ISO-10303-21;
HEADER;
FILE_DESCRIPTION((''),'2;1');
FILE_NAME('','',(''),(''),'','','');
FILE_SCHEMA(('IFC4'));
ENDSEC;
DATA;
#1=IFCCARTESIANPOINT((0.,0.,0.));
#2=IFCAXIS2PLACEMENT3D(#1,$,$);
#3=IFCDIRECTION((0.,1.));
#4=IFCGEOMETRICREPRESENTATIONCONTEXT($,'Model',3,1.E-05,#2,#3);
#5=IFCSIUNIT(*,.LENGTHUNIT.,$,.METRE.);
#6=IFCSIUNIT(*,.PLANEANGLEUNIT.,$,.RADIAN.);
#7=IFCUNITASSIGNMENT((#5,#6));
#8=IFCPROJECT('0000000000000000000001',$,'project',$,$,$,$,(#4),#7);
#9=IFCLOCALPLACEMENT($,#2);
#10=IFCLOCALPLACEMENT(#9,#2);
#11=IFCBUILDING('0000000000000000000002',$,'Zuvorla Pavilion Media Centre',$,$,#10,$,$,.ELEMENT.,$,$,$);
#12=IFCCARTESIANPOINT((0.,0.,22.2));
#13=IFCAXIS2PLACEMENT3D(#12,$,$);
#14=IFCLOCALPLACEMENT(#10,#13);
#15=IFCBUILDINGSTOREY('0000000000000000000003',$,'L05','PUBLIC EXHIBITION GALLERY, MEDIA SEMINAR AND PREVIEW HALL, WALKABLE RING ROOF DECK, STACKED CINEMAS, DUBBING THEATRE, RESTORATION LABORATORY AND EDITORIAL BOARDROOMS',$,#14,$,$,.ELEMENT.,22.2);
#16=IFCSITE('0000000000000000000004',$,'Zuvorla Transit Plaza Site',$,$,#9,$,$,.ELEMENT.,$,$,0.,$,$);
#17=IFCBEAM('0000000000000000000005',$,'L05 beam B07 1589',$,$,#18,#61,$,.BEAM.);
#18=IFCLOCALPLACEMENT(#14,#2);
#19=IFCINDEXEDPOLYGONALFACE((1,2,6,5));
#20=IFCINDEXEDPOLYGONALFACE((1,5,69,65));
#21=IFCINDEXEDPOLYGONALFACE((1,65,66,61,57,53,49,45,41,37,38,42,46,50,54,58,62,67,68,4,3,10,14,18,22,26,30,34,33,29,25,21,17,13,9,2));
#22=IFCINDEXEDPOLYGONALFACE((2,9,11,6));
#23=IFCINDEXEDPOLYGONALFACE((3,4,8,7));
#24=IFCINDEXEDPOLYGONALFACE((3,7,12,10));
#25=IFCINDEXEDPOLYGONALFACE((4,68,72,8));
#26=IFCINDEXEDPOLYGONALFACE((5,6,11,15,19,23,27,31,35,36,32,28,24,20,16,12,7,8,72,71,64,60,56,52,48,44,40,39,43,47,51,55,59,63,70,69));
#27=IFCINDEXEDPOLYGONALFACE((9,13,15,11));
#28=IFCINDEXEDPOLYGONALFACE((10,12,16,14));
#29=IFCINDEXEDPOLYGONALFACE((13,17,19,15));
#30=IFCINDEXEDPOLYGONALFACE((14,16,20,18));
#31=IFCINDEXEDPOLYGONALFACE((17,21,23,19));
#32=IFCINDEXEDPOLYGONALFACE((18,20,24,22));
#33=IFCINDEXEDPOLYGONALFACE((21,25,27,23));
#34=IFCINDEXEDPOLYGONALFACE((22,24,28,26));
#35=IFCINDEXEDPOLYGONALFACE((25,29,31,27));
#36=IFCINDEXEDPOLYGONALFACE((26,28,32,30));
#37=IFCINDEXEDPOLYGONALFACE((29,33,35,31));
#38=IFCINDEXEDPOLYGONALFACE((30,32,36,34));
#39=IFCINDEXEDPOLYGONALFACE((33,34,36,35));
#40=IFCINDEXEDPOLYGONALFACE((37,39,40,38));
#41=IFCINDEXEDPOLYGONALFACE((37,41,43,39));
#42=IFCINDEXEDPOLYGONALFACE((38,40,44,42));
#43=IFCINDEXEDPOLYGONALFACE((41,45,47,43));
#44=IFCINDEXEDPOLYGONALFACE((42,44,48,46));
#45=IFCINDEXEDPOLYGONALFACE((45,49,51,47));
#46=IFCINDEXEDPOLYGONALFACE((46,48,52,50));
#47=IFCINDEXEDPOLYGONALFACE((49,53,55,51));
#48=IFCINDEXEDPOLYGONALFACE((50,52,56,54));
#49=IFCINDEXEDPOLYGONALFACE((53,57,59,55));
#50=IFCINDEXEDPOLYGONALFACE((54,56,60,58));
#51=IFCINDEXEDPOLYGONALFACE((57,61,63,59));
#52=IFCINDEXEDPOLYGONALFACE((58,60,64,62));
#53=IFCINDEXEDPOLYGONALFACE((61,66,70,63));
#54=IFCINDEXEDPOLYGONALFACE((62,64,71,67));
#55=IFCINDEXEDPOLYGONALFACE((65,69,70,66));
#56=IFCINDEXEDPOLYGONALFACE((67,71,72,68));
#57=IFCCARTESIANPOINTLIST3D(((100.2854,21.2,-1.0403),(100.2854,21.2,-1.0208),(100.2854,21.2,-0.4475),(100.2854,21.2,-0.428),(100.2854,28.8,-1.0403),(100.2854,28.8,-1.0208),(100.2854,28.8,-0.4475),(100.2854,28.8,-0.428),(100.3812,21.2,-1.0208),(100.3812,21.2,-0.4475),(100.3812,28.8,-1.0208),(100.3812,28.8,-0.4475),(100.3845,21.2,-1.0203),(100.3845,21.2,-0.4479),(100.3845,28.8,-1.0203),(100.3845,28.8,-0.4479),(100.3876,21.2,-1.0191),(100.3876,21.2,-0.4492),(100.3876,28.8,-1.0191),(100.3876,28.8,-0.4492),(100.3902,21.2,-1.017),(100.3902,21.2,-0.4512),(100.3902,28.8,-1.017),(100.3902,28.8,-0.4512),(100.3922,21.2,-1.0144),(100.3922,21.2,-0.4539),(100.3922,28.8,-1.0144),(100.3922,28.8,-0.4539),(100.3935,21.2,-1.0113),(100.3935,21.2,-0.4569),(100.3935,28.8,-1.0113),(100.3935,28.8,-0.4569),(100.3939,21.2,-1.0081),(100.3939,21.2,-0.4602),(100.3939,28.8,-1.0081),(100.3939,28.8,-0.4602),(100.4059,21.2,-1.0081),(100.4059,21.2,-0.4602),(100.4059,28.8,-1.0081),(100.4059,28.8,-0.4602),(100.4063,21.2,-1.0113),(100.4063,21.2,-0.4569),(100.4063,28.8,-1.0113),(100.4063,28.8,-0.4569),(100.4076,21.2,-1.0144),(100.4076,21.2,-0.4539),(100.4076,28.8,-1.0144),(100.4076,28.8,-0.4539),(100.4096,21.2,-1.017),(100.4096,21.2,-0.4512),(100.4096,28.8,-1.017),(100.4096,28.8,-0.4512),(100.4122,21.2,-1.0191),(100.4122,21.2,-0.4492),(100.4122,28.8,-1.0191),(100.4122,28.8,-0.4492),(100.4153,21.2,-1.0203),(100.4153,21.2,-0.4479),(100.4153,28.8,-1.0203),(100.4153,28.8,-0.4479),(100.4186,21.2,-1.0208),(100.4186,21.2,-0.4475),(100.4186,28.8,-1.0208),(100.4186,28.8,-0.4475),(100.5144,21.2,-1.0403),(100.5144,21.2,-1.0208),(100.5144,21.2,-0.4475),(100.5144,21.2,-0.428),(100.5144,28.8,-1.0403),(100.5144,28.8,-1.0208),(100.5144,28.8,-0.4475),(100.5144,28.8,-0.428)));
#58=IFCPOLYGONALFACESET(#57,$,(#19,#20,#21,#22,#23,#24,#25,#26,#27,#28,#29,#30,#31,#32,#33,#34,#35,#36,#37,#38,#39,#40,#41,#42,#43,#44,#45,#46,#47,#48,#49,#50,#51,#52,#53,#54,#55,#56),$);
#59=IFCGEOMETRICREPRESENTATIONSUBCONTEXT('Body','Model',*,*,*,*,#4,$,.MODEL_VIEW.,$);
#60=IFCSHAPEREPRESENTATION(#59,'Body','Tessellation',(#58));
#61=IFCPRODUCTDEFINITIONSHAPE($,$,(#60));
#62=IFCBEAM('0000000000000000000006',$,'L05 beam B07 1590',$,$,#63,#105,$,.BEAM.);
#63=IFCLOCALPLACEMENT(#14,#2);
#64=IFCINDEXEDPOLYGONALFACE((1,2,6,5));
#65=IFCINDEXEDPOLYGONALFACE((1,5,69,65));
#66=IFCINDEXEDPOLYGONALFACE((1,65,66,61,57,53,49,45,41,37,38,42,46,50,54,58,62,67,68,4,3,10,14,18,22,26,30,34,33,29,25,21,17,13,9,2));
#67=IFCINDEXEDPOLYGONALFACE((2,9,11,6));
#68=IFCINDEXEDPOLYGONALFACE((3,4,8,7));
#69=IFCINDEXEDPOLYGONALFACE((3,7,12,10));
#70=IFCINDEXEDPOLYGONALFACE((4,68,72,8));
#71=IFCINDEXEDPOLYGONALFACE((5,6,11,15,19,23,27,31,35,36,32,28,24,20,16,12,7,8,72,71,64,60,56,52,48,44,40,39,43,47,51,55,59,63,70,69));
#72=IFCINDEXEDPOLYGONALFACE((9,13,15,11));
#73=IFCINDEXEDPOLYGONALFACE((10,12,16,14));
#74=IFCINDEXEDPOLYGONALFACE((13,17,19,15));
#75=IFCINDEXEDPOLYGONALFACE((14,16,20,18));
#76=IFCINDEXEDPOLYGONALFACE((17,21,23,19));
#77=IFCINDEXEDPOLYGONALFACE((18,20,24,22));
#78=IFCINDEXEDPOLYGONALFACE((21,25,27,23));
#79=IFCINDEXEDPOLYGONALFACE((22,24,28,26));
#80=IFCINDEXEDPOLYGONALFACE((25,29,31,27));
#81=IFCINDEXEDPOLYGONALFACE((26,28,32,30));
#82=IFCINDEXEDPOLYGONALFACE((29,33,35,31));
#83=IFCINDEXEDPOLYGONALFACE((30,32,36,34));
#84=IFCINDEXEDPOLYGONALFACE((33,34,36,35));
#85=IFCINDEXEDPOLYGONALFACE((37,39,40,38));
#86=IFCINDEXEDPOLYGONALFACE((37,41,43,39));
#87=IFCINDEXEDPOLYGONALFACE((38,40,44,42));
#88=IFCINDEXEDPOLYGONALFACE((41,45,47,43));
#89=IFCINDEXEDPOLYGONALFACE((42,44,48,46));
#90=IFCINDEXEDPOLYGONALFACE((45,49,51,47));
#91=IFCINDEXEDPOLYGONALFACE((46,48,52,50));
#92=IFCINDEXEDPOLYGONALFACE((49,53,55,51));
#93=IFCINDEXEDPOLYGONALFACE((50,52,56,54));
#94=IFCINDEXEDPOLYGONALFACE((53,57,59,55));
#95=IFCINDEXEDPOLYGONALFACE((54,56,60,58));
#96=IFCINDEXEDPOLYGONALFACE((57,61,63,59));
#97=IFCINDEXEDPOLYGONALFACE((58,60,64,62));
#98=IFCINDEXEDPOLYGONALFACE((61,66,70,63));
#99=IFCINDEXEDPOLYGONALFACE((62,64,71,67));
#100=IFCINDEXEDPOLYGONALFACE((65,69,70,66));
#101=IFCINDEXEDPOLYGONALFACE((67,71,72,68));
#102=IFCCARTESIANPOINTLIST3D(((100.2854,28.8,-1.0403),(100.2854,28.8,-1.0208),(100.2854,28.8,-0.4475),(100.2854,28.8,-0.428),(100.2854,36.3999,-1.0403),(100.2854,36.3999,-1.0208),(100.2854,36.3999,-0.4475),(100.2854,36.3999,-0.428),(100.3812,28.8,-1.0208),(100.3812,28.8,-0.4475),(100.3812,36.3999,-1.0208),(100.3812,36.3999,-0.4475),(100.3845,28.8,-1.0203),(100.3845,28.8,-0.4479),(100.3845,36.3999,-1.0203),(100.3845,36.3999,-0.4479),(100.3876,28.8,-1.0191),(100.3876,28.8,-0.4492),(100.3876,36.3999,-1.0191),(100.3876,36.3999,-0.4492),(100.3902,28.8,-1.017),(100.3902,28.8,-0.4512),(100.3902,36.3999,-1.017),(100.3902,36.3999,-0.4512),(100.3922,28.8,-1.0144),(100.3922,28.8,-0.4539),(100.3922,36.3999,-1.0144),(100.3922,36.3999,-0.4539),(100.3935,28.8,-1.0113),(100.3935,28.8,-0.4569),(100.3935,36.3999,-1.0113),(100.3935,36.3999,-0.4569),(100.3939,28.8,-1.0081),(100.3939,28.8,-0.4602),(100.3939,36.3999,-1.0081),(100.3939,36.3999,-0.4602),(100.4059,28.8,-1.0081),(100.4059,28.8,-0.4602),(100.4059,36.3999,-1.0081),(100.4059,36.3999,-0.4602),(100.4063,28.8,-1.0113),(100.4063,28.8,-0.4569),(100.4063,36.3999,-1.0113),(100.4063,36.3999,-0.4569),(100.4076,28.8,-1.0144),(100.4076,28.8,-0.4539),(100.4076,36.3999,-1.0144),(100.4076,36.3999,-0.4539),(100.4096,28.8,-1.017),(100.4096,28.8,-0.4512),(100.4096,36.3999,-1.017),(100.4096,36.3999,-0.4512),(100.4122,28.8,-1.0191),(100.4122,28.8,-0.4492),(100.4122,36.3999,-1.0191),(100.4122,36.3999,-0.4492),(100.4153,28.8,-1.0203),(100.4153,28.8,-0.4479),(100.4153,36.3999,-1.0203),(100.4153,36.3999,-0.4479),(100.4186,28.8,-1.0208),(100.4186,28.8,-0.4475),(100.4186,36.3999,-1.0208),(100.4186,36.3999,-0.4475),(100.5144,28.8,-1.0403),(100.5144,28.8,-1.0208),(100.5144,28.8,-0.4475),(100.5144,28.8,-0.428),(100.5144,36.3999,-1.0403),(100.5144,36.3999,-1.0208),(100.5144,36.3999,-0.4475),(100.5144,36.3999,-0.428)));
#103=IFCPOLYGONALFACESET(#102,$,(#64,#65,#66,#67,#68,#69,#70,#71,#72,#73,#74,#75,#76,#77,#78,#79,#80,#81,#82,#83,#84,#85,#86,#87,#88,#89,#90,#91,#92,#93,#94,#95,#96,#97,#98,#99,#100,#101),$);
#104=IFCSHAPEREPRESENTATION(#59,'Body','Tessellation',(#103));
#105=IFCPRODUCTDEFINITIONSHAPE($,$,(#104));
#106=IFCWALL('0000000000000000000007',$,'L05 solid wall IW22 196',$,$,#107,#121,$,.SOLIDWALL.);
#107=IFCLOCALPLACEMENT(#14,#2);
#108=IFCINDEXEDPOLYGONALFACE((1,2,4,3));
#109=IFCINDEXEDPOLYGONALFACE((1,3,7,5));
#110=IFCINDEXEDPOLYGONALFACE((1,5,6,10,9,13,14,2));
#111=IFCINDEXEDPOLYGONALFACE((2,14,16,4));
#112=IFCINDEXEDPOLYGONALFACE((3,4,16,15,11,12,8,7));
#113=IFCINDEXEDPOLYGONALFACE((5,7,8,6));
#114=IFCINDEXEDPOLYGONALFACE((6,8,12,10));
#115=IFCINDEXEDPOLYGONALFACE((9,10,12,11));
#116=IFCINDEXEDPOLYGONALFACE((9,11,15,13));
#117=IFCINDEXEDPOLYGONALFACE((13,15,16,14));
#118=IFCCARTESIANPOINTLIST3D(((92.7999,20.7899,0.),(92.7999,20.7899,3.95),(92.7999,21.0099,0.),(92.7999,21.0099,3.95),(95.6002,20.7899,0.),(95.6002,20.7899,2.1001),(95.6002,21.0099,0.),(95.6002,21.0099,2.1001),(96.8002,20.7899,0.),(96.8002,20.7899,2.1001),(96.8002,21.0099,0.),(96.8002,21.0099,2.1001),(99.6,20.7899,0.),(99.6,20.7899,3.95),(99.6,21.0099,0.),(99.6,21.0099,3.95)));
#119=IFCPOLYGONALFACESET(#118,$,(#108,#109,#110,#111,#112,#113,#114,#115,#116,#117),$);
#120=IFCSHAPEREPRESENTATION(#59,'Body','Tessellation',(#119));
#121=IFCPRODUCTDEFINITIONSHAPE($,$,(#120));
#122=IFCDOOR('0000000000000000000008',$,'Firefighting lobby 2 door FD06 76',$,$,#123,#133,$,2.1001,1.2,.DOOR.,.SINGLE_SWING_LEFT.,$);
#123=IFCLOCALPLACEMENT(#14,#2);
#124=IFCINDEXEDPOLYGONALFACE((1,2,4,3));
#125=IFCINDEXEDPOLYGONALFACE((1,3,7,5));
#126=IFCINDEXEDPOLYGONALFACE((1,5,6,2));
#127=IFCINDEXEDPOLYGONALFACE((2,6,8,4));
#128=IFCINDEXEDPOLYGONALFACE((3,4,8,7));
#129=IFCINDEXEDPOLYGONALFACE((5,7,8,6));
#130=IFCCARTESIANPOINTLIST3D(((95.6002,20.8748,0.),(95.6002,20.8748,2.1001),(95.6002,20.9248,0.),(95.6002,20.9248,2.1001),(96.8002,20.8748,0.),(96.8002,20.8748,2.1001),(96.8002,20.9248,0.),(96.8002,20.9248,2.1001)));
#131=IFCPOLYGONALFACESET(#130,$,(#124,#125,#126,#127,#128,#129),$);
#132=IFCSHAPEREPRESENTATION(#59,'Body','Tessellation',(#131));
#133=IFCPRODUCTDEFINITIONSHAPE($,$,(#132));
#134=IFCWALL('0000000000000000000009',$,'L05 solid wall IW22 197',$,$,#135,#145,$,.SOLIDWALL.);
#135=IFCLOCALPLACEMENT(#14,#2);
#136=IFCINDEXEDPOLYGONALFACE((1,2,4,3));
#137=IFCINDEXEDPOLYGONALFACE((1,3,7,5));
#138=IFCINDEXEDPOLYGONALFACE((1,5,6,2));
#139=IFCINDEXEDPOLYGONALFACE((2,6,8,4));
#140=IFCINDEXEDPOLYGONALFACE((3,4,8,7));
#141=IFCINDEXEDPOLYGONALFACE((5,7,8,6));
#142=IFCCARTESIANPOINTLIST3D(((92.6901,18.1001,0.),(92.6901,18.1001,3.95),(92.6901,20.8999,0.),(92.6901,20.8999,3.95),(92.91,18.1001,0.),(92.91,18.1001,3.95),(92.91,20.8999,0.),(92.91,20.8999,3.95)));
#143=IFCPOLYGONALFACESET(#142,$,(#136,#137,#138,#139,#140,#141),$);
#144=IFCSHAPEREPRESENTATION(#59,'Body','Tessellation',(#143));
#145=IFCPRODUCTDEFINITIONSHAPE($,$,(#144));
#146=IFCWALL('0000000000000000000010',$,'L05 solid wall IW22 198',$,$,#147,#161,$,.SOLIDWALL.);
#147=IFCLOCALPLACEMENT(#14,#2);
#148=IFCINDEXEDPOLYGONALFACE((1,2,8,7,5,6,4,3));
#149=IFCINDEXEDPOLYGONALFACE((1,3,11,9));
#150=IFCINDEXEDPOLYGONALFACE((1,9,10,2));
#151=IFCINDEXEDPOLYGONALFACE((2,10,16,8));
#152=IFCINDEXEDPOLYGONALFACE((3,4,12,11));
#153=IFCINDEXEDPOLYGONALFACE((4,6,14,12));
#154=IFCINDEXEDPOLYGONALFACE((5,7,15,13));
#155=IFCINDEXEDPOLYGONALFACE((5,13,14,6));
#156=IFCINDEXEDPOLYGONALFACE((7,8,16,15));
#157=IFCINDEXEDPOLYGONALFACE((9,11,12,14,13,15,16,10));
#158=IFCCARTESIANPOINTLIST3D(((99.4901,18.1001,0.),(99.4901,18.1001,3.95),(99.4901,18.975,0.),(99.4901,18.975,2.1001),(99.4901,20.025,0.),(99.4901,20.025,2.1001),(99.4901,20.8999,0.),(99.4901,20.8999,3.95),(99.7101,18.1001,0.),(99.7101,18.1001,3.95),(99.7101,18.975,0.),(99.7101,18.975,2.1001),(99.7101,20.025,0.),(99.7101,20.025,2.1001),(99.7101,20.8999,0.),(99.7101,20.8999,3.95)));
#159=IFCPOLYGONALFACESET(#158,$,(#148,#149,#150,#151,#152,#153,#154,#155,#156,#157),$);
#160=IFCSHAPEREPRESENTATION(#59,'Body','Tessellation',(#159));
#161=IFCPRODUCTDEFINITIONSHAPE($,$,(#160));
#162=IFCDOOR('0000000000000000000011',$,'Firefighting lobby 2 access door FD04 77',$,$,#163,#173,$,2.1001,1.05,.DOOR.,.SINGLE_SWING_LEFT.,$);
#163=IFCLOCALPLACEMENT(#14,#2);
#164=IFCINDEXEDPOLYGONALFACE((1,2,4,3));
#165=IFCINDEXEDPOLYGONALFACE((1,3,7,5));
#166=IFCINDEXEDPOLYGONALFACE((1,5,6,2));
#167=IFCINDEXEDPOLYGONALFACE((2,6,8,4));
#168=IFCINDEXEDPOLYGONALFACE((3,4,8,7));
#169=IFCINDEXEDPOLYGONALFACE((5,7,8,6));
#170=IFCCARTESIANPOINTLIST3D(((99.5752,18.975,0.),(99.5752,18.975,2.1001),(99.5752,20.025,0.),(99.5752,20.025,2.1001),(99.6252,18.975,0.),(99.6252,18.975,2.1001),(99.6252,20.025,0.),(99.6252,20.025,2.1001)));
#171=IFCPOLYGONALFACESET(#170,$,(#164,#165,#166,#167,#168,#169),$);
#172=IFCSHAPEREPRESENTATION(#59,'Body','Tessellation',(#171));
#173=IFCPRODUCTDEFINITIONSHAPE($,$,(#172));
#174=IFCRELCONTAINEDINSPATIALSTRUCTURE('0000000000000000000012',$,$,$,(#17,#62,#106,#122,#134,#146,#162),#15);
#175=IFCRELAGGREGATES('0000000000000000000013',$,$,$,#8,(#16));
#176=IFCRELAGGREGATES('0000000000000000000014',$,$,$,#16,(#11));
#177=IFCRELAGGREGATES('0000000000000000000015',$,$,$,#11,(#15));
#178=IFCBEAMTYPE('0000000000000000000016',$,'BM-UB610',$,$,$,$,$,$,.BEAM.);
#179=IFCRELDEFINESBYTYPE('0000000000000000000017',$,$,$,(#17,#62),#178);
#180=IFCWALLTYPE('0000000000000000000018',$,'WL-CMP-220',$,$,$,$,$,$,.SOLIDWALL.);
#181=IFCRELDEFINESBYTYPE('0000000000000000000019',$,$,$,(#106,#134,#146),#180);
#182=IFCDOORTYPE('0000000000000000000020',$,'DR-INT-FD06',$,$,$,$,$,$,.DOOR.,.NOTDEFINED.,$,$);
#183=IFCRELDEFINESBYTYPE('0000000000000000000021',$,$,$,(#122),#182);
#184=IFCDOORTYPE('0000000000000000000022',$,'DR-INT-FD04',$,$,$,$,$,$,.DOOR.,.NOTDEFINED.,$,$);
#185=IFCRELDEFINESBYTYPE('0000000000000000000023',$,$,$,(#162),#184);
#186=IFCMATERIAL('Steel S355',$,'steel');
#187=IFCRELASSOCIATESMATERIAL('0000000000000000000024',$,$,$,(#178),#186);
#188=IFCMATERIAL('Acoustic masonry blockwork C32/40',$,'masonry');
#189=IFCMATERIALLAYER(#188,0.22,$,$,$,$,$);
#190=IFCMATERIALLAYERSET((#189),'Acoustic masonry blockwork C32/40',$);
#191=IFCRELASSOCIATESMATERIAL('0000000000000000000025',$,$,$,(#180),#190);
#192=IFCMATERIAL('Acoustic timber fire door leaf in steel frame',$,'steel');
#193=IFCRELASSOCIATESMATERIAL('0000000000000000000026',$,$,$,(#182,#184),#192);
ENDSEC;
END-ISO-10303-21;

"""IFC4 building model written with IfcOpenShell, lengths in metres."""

from ifc_helpers import new_model, si_unit, direction, frame, frame_2d, origin, origin_2d, place, context, subcontext, project, spatial, rectangle, i_section, extrude, material, layer, layer_set, material_profile, profile_set, type_object, element, fill, save


model = new_model("IFC4")

# Units and contexts
model_context = context("Model", 3, precision=1e-05, world=origin(), true_north=direction((0.0, 1.0)))
body_context = subcontext(model_context, "Body", "Model", "MODEL_VIEW")
ifc_project = project(units=[si_unit("LENGTHUNIT", "METRE"), si_unit("PLANEANGLEUNIT", "RADIAN")], contexts=[model_context])

# Site, building, storey
site_placement = place(None, origin())
site = spatial("IfcSite", under=ifc_project, at=site_placement, Name="Zuvorla Transit Plaza Site", CompositionType="ELEMENT", RefElevation=0.0)
building_placement = place(site_placement, origin())
building = spatial("IfcBuilding", under=site, at=building_placement, Name="Zuvorla Pavilion Media Centre", CompositionType="ELEMENT")
storey_placement = place(building_placement, frame((0.0, 0.0, 22.2)))
storey = spatial("IfcBuildingStorey", under=building, at=storey_placement, Name="L05", Description="PUBLIC EXHIBITION GALLERY, MEDIA SEMINAR AND PREVIEW HALL, WALKABLE RING ROOF DECK, STACKED CINEMAS, DUBBING THEATRE, RESTORATION LABORATORY AND EDITORIAL BOARDROOMS", CompositionType="ELEMENT", Elevation=22.2)

# Shared definitions
ifc_material_1 = material(Name="Steel S355", Category="steel")

# Beams
ifc_material_profile_1 = material_profile(ifc_material_1, i_section(OverallWidth=0.229, OverallDepth=0.6123, WebThickness=0.012, FlangeThickness=0.0195, FilletRadius=0.0127, at=origin_2d()), Name="UB 610x229x125")
ifc_profile_set_1 = profile_set([ifc_material_profile_1], Name="Steel S355")
beam_type_1 = type_object("IfcBeamType", Name="BM-UB610", PredefinedType="BEAM", material=ifc_profile_set_1)
beam_1_placement = place(storey_placement, frame((100.3999, 21.2, -0.7341), z_axis=(0.0, 1.0, 0.0), x_axis=(-1.0, 0.0, 0.0)))
element("IfcBeam", 1, at=beam_1_placement, inside=storey, type_object=beam_type_1, Name="L05 beam B07 1589", PredefinedType="BEAM", context=body_context, shape_type="SweptSolid", body=[
    extrude(i_section(OverallWidth=0.229, OverallDepth=0.6123, WebThickness=0.012, FlangeThickness=0.0195, FilletRadius=0.0127, at=origin_2d()), origin(), (0.0, 0.0, 1.0), 7.6001),
])
beam_2_placement = place(storey_placement, frame((100.3999, 28.8, -0.7341), z_axis=(0.0, 1.0, 0.0), x_axis=(-1.0, 0.0, 0.0)))
element("IfcBeam", 2, at=beam_2_placement, inside=storey, type_object=beam_type_1, Name="L05 beam B07 1590", PredefinedType="BEAM", context=body_context, shape_type="SweptSolid", body=[
    extrude(i_section(OverallWidth=0.229, OverallDepth=0.6123, WebThickness=0.012, FlangeThickness=0.0195, FilletRadius=0.0127, at=origin_2d()), origin(), (0.0, 0.0, 1.0), 7.5999),
])

# Wall, opening, door
ifc_material_2 = material(Name="Acoustic masonry blockwork C32/40", Category="masonry")
ifc_layer_1 = layer(ifc_material_2, 0.22)
ifc_layer_set_1 = layer_set([ifc_layer_1], Name="Acoustic masonry blockwork C32/40")
wall_type_1 = type_object("IfcWallType", Name="WL-CMP-220", PredefinedType="SOLIDWALL", material=ifc_layer_set_1)
wall_1_placement = place(storey_placement, frame((92.8, 20.8999, 0.0), z_axis=(0.0, 0.0, 1.0), x_axis=(1.0, 0.0, 0.0)))
wall_1 = element("IfcWall", 3, at=wall_1_placement, inside=storey, type_object=wall_type_1, Name="L05 solid wall IW22 196", PredefinedType="SOLIDWALL", context=body_context, shape_type="SweptSolid", body=[
    extrude(rectangle(XDim=6.8, YDim=0.22, at=frame_2d((3.3999, 0.0))), origin(), (0.0, 0.0, 1.0), 3.95),
])
opening_1_placement = place(wall_1_placement, frame((2.8, 0.0, 0.0)))
opening_1 = element("IfcOpeningElement", 4, at=opening_1_placement, cuts=wall_1, PredefinedType="OPENING", context=body_context, shape_type="SweptSolid", body=[
    extrude(rectangle(XDim=1.2, YDim=2.1001, at=frame_2d((0.6001, 1.05))), frame((0.0, 0.1199, 0.0), z_axis=(0.0, -1.0, 0.0), x_axis=(1.0, 0.0, 0.0)), (0.0, 0.0, 1.0), 0.24),
])
ifc_material_3 = material(Name="Acoustic timber fire door leaf in steel frame", Category="steel")
door_type_1 = type_object("IfcDoorType", Name="DR-INT-FD06", OperationType="NOTDEFINED", PredefinedType="DOOR", material=ifc_material_3)
door_1_placement = place(opening_1_placement, origin())
door_1 = element("IfcDoor", 5, at=door_1_placement, inside=storey, type_object=door_type_1, Name="Firefighting lobby 2 door FD06 76", OperationType="SINGLE_SWING_LEFT", OverallHeight=2.1001, OverallWidth=1.2, PredefinedType="DOOR", context=body_context, shape_type="SweptSolid", body=[
    extrude(rectangle(XDim=1.2, YDim=2.1001, at=frame_2d((0.6001, 1.05))), frame((0.0, 0.0249, 0.0), z_axis=(0.0, -1.0, 0.0), x_axis=(1.0, 0.0, 0.0)), (0.0, 0.0, 1.0), 0.05),
])
fill(opening_1, door_1)

# Wall
wall_2_placement = place(storey_placement, frame((92.8, 18.1001, 0.0), z_axis=(0.0, 0.0, 1.0), x_axis=(0.0, 1.0, 0.0)))
element("IfcWall", 6, at=wall_2_placement, inside=storey, type_object=wall_type_1, Name="L05 solid wall IW22 197", PredefinedType="SOLIDWALL", context=body_context, shape_type="SweptSolid", body=[
    extrude(rectangle(XDim=2.7998, YDim=0.22, at=frame_2d((1.3999, 0.0))), origin(), (0.0, 0.0, 1.0), 3.95),
])

# Wall, opening, door
wall_3_placement = place(storey_placement, frame((99.6001, 18.1001, 0.0), z_axis=(0.0, 0.0, 1.0), x_axis=(0.0, 1.0, 0.0)))
wall_3 = element("IfcWall", 7, at=wall_3_placement, inside=storey, type_object=wall_type_1, Name="L05 solid wall IW22 198", PredefinedType="SOLIDWALL", context=body_context, shape_type="SweptSolid", body=[
    extrude(rectangle(XDim=2.7998, YDim=0.22, at=frame_2d((1.3999, 0.0))), origin(), (0.0, 0.0, 1.0), 3.95),
])
opening_2_placement = place(wall_3_placement, frame((0.875, 0.0, 0.0)))
opening_2 = element("IfcOpeningElement", 8, at=opening_2_placement, cuts=wall_3, PredefinedType="OPENING", context=body_context, shape_type="SweptSolid", body=[
    extrude(rectangle(XDim=1.05, YDim=2.1001, at=frame_2d((0.5249, 1.05))), frame((0.0, 0.1199, 0.0), z_axis=(0.0, -1.0, 0.0), x_axis=(1.0, 0.0, 0.0)), (0.0, 0.0, 1.0), 0.24),
])
door_type_2 = type_object("IfcDoorType", Name="DR-INT-FD04", OperationType="NOTDEFINED", PredefinedType="DOOR", material=ifc_material_3)
door_2_placement = place(opening_2_placement, origin())
door_2 = element("IfcDoor", 9, at=door_2_placement, inside=storey, type_object=door_type_2, Name="Firefighting lobby 2 access door FD04 77", OperationType="SINGLE_SWING_LEFT", OverallHeight=2.1001, OverallWidth=1.05, PredefinedType="DOOR", context=body_context, shape_type="SweptSolid", body=[
    extrude(rectangle(XDim=1.05, YDim=2.1001, at=frame_2d((0.5249, 1.05))), frame((0.0, 0.0249, 0.0), z_axis=(0.0, -1.0, 0.0), x_axis=(1.0, 0.0, 0.0)), (0.0, 0.0, 1.0), 0.05),
])
fill(opening_2, door_2)

save(model, "model.ifc")
